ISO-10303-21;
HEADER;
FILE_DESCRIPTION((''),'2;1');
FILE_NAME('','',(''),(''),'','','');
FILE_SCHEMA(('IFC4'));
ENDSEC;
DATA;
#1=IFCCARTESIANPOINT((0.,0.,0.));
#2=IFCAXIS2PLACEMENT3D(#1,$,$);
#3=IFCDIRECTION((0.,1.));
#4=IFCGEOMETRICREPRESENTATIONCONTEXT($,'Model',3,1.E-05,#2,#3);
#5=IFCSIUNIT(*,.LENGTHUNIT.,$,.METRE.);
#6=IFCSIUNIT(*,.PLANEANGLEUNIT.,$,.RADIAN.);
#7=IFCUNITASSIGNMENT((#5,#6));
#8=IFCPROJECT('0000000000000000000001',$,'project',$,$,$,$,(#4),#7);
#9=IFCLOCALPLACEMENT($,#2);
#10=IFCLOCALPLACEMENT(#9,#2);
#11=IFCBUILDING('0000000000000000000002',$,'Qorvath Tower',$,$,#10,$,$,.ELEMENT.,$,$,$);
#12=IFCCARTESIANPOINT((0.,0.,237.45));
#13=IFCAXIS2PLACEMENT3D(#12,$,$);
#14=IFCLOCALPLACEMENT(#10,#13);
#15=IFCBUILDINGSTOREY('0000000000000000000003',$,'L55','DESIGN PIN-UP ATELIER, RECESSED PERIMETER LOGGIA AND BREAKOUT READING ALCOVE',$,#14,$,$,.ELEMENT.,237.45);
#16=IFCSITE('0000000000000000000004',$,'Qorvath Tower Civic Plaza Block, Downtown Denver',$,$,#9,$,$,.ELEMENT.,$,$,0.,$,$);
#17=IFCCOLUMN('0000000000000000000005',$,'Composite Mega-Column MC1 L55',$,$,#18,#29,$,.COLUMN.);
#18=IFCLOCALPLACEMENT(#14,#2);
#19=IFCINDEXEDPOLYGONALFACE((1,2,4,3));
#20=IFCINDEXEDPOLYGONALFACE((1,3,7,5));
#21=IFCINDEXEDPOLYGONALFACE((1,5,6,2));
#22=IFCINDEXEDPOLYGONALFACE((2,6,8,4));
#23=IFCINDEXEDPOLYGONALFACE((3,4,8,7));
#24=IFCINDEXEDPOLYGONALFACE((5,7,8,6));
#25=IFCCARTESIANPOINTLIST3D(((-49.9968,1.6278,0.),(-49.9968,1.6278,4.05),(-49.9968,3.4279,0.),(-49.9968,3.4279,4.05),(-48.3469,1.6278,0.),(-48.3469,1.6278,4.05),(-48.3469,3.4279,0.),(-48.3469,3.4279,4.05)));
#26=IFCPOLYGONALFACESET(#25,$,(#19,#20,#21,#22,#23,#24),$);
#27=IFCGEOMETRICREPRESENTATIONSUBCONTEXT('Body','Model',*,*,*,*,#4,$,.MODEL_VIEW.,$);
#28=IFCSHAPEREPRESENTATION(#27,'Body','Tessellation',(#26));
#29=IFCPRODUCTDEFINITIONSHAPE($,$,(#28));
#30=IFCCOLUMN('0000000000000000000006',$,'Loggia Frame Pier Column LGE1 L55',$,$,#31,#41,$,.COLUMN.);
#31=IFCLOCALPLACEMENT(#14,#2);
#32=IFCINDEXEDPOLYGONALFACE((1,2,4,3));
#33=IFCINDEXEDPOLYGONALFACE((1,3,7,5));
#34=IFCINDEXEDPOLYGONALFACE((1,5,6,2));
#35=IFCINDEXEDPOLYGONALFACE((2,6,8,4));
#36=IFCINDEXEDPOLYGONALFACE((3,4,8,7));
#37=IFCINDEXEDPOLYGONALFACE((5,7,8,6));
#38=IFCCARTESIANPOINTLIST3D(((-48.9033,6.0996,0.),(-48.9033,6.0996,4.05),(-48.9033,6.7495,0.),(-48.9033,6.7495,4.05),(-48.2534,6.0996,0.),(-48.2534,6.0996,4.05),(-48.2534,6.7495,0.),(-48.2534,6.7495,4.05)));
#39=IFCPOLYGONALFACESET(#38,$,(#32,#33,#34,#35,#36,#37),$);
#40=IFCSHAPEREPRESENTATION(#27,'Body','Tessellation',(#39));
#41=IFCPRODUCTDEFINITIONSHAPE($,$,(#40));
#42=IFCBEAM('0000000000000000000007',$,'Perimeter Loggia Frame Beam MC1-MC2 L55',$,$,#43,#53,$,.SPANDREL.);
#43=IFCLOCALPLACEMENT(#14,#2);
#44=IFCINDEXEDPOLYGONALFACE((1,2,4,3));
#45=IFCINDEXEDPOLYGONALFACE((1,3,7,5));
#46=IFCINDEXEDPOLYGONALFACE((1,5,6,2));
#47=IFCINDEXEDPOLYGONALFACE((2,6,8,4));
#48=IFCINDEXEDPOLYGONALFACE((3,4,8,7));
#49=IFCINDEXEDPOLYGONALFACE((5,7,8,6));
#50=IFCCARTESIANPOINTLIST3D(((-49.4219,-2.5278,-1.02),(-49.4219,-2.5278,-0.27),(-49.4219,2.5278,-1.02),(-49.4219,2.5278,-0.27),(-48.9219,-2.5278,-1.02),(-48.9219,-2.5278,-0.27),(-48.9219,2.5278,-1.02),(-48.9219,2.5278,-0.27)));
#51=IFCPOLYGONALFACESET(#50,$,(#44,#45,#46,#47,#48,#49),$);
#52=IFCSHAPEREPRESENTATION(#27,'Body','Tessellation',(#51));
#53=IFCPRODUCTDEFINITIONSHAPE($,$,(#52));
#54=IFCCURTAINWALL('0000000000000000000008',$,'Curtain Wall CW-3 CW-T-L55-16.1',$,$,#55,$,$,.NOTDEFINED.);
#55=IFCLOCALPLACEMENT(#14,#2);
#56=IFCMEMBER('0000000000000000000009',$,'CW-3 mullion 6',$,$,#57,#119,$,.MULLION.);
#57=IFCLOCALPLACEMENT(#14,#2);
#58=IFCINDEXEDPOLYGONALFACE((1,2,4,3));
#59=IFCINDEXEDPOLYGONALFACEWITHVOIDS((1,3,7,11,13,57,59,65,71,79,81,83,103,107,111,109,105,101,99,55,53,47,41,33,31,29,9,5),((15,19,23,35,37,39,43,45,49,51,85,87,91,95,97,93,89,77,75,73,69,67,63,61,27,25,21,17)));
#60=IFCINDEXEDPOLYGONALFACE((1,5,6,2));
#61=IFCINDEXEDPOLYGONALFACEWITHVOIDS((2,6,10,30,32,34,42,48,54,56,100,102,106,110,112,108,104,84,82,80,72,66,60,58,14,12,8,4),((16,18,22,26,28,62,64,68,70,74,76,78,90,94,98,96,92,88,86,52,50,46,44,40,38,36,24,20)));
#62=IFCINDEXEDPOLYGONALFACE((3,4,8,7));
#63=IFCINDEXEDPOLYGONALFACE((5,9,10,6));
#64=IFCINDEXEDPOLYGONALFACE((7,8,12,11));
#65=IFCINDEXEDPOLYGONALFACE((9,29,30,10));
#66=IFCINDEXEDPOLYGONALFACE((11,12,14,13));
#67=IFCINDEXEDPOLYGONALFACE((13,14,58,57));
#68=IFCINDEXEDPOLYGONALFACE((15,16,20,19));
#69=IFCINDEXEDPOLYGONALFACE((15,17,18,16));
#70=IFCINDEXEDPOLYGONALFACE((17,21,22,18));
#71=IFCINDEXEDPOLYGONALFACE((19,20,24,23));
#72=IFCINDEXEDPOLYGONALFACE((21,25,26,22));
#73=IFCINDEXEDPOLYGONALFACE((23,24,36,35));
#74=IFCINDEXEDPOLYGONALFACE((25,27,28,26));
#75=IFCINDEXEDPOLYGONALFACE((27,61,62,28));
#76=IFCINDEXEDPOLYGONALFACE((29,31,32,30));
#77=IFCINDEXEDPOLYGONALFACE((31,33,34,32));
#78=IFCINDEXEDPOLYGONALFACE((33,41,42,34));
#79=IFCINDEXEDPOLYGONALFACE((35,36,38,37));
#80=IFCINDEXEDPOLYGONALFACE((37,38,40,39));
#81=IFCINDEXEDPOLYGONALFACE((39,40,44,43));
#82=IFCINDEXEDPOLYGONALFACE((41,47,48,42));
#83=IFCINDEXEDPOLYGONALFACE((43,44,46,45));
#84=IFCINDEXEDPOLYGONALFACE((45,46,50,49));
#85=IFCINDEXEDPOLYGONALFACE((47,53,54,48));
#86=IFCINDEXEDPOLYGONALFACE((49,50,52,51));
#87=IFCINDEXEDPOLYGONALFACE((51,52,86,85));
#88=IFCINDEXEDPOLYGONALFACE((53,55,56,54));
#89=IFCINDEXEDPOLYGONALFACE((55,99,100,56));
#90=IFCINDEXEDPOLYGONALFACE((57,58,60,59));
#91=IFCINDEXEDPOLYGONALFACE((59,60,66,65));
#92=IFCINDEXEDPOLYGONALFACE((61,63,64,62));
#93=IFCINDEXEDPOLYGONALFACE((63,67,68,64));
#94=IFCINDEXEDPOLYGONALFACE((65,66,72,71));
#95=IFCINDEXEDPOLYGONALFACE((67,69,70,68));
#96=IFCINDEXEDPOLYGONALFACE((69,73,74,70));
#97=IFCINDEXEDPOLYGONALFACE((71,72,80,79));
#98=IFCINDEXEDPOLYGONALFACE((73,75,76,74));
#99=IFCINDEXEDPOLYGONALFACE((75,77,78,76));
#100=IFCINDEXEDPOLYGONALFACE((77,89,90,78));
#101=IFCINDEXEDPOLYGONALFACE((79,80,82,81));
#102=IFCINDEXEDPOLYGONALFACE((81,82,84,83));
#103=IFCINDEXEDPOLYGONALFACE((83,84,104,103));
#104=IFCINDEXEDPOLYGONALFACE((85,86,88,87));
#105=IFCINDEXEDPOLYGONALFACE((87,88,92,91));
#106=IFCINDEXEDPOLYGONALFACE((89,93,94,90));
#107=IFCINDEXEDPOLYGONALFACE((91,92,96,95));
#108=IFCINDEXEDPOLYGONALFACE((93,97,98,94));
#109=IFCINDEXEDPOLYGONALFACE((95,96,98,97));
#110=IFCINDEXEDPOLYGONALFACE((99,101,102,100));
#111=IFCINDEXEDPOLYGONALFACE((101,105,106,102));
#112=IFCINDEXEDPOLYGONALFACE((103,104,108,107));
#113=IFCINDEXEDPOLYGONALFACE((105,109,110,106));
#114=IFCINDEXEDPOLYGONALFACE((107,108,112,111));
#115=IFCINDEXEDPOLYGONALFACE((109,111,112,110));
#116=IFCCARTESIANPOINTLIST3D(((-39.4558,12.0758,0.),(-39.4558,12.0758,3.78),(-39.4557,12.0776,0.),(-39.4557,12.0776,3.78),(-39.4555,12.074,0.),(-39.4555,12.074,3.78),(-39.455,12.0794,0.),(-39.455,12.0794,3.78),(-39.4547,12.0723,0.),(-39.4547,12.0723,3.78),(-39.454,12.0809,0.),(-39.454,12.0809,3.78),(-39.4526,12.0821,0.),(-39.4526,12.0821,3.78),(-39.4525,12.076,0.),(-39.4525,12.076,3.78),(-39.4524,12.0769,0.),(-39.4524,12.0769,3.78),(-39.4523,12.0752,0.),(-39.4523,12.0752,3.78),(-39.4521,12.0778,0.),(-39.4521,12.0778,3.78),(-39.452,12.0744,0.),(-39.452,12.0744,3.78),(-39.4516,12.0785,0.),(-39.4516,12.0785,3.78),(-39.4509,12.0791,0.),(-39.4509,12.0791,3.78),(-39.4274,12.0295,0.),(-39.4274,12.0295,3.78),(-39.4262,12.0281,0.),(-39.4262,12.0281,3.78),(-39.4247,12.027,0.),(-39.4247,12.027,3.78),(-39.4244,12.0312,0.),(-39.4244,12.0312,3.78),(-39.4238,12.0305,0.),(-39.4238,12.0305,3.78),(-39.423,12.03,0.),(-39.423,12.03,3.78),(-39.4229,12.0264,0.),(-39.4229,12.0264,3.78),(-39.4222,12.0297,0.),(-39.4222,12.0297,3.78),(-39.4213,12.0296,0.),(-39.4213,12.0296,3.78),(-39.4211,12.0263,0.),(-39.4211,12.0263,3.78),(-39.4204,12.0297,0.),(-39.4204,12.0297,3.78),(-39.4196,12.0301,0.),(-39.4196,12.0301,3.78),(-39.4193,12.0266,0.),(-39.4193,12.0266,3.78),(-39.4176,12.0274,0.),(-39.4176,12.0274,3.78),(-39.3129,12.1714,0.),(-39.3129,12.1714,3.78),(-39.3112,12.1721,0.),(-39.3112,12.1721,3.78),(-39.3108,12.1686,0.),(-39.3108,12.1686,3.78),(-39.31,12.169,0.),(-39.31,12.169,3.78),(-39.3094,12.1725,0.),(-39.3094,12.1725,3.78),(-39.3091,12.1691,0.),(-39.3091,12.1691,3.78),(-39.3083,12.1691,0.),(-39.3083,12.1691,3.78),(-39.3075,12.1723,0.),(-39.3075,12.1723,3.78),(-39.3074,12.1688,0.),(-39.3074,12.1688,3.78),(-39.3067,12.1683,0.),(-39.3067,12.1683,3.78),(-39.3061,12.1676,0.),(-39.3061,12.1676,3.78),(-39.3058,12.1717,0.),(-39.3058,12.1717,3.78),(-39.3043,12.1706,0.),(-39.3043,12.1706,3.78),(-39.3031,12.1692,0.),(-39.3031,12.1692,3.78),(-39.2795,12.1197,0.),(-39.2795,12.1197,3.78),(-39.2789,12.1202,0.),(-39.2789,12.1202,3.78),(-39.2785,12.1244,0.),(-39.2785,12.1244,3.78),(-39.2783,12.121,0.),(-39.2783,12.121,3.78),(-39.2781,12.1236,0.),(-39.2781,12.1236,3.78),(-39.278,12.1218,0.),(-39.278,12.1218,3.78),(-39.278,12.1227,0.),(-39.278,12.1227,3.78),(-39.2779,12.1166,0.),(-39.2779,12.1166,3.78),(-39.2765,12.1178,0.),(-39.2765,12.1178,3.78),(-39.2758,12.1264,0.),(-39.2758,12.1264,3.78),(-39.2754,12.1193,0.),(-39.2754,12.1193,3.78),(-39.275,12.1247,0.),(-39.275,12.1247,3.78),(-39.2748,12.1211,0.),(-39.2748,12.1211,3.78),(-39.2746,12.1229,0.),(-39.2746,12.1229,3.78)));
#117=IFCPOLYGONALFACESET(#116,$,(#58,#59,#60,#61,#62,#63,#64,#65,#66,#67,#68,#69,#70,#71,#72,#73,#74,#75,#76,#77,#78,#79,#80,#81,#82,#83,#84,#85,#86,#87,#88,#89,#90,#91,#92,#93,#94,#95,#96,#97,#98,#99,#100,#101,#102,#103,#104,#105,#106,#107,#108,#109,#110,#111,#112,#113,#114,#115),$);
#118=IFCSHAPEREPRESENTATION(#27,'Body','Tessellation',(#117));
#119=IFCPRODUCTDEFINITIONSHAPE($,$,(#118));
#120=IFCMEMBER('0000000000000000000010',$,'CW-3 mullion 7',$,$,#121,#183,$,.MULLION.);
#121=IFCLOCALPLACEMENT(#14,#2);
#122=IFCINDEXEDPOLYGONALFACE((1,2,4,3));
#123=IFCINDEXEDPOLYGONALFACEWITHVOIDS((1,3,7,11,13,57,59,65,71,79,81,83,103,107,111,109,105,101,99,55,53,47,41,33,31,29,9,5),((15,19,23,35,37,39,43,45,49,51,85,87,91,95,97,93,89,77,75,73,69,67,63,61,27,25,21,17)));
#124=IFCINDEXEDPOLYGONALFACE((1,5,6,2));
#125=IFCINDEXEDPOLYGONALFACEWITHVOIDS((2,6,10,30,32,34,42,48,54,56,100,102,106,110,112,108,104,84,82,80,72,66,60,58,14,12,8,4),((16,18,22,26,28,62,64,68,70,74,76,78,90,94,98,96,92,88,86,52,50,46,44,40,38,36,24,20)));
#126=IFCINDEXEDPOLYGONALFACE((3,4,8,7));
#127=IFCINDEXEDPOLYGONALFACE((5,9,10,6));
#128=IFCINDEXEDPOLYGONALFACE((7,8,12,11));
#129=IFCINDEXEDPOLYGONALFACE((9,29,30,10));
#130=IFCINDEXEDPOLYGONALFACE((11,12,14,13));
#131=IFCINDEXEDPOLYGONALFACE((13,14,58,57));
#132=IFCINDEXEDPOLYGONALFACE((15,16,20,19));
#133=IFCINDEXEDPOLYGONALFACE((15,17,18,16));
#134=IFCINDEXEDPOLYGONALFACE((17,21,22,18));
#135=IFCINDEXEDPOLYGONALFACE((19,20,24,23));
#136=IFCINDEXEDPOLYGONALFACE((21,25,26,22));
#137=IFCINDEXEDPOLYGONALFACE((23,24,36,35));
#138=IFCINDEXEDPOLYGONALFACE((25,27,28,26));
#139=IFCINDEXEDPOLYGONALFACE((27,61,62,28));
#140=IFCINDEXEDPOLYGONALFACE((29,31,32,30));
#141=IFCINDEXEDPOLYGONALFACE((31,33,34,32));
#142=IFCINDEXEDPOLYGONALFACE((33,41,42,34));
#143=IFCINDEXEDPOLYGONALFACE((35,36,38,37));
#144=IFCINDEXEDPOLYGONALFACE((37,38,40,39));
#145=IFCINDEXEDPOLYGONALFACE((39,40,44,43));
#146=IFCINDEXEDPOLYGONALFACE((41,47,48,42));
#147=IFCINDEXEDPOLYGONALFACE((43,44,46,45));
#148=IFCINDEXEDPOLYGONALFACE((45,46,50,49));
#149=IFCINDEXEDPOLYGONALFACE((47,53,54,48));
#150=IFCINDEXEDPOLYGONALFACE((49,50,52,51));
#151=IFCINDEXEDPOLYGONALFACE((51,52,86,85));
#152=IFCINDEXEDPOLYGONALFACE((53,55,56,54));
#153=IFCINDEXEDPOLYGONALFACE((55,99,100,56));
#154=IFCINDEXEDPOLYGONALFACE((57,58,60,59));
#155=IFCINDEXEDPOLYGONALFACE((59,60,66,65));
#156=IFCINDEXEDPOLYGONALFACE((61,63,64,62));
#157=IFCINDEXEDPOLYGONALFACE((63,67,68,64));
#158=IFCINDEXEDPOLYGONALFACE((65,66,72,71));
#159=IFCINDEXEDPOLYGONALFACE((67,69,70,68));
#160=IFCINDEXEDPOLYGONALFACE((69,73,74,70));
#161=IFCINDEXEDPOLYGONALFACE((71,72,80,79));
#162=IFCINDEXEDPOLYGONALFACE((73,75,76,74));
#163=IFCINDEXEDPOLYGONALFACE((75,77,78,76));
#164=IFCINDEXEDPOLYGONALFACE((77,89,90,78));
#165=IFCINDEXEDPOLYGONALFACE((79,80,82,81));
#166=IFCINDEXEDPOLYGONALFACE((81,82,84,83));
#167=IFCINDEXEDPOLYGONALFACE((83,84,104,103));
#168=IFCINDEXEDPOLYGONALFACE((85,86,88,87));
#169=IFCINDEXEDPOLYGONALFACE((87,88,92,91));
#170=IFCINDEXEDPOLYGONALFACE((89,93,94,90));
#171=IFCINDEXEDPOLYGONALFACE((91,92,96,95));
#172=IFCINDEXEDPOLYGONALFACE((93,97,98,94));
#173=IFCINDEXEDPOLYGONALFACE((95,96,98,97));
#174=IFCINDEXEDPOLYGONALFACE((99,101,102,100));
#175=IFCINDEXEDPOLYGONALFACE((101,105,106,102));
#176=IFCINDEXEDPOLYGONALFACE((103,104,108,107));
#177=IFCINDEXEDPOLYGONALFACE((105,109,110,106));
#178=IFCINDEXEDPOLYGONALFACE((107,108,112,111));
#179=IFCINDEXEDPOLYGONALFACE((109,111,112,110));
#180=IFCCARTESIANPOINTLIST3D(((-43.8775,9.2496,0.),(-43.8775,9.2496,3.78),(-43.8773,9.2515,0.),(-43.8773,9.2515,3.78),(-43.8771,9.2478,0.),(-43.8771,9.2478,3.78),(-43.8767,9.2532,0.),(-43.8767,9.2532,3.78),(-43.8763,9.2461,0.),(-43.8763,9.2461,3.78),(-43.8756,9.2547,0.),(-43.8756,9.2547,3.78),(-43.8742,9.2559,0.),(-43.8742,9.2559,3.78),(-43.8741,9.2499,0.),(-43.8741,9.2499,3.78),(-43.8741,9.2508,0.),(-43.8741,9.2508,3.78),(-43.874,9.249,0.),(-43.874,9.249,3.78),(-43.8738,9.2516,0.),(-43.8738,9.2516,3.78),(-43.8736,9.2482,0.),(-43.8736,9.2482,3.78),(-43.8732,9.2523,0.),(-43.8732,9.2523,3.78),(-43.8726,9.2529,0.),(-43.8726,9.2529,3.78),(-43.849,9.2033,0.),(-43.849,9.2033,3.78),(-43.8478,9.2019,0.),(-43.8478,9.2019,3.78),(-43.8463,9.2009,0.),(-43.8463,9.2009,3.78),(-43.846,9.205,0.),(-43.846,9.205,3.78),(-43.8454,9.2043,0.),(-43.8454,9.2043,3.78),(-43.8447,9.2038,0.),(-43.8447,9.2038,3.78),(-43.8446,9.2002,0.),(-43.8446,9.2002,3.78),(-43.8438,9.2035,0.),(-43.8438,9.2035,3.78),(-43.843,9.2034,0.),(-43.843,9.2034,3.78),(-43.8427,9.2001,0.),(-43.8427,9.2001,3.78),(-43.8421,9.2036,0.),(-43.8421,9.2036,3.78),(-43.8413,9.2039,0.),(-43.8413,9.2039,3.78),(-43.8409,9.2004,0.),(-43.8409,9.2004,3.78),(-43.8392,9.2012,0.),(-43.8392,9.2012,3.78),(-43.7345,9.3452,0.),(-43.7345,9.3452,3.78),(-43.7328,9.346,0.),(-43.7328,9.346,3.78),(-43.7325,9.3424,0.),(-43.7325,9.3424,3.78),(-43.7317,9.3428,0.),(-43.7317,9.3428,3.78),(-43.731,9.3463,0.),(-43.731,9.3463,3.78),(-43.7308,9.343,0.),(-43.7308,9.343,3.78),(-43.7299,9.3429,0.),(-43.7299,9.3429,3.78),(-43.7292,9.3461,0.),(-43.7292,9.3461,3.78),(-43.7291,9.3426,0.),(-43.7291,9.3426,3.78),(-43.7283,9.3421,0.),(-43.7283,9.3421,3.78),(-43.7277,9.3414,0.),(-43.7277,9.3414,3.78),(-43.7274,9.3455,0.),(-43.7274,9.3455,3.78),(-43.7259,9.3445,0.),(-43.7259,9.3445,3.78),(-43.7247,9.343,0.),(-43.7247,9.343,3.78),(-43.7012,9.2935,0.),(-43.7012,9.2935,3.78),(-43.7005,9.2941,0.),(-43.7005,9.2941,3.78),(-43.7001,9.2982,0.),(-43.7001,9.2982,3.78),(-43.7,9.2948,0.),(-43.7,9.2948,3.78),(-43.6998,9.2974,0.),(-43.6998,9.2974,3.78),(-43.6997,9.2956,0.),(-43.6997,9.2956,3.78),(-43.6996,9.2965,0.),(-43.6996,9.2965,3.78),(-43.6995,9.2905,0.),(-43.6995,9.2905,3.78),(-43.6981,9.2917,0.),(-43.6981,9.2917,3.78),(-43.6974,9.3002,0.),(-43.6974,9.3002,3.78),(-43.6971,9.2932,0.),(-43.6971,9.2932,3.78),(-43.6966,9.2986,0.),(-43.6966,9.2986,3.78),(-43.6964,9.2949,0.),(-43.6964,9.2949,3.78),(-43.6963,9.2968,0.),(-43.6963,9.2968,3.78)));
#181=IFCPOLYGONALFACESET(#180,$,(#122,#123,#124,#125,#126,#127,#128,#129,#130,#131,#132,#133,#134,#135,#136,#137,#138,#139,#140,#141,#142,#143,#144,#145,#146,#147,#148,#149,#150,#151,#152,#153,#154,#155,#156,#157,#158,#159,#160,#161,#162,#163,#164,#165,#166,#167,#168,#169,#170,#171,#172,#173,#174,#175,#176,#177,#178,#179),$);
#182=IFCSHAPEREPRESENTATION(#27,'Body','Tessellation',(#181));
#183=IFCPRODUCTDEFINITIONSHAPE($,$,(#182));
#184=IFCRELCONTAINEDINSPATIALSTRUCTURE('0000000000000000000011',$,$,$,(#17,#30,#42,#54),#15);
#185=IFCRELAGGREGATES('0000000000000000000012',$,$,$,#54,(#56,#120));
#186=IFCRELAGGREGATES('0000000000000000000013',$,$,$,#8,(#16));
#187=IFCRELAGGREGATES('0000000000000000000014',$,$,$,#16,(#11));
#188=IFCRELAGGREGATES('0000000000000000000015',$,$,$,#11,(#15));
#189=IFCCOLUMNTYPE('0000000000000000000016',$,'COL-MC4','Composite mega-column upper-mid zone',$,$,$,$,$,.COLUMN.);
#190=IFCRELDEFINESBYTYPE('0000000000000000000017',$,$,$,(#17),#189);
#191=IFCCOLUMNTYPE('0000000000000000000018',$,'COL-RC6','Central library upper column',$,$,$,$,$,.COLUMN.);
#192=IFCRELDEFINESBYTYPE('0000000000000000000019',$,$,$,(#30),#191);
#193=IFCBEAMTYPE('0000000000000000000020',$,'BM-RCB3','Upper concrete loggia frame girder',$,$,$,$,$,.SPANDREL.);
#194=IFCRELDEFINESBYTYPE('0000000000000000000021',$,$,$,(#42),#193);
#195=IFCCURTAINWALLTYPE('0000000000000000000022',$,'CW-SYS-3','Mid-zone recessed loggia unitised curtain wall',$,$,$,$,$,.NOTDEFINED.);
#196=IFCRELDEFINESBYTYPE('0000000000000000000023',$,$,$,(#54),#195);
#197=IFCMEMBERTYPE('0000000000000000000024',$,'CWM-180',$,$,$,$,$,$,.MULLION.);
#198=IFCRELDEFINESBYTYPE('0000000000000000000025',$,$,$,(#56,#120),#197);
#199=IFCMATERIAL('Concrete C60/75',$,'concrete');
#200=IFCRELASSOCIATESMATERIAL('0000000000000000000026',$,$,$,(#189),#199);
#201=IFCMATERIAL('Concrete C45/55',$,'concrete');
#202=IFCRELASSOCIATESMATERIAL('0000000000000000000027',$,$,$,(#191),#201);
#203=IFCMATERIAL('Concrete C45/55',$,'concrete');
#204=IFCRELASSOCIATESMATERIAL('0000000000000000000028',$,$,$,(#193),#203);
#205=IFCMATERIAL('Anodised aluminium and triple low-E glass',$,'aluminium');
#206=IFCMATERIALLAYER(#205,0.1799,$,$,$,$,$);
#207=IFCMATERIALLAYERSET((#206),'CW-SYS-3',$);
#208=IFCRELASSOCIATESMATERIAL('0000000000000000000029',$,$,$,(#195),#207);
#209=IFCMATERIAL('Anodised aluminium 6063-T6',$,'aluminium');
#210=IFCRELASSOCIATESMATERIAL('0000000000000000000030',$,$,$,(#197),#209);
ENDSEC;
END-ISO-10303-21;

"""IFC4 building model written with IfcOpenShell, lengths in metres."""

from ifc_helpers import new_model, si_unit, direction, frame, origin, origin_2d, place, context, subcontext, project, spatial, rectangle, hollow_rectangle, extrude, material, layer, layer_set, material_profile, profile_set, type_object, element, aggregate, save


model = new_model("IFC4")

# Units and contexts
model_context = context("Model", 3, precision=1e-05, world=origin(), true_north=direction((0.0, 1.0)))
body_context = subcontext(model_context, "Body", "Model", "MODEL_VIEW")
ifc_project = project(units=[si_unit("LENGTHUNIT", "METRE"), si_unit("PLANEANGLEUNIT", "RADIAN")], contexts=[model_context])

# Site, building, storey
site_placement = place(None, origin())
site = spatial("IfcSite", under=ifc_project, at=site_placement, Name="Qorvath Tower Civic Plaza Block, Downtown Denver", CompositionType="ELEMENT", RefElevation=0.0)
building_placement = place(site_placement, origin())
building = spatial("IfcBuilding", under=site, at=building_placement, Name="Qorvath Tower", CompositionType="ELEMENT")
storey_placement = place(building_placement, frame((0.0, 0.0, 237.45)))
storey = spatial("IfcBuildingStorey", under=building, at=storey_placement, Name="L55", Description="DESIGN PIN-UP ATELIER, RECESSED PERIMETER LOGGIA AND BREAKOUT READING ALCOVE", CompositionType="ELEMENT", Elevation=237.45)

# Columns
ifc_material_1 = material(Name="Concrete C60/75", Category="concrete")
ifc_material_profile_1 = material_profile(ifc_material_1, rectangle(XDim=1.6499, YDim=1.8, at=origin_2d()), Name="MC 1800x1650")
ifc_profile_set_1 = profile_set([ifc_material_profile_1], Name="Concrete C60/75")
column_type_1 = type_object("IfcColumnType", Name="COL-MC4", Description="Composite mega-column upper-mid zone", PredefinedType="COLUMN", material=ifc_profile_set_1)
column_1_placement = place(storey_placement, frame((-49.1719, 2.5278, 0.0), z_axis=(0.0, 0.0, 1.0), x_axis=(1.0, 0.0, 0.0)))
element("IfcColumn", 1, at=column_1_placement, inside=storey, type_object=column_type_1, Name="Composite Mega-Column MC1 L55", PredefinedType="COLUMN", context=body_context, shape_type="SweptSolid", body=[
    extrude(rectangle(XDim=1.6499, YDim=1.8, at=origin_2d()), origin(), (0.0, 0.0, 1.0), 4.05),
])
ifc_material_2 = material(Name="Concrete C45/55", Category="concrete")
ifc_material_profile_2 = material_profile(ifc_material_2, rectangle(XDim=0.6499, YDim=0.6499, at=origin_2d()), Name="RC 650x650")
ifc_profile_set_2 = profile_set([ifc_material_profile_2], Name="Concrete C45/55")
column_type_2 = type_object("IfcColumnType", Name="COL-RC6", Description="Central library upper column", PredefinedType="COLUMN", material=ifc_profile_set_2)
column_2_placement = place(storey_placement, frame((-48.5784, 6.4246, 0.0), z_axis=(0.0, 0.0, 1.0), x_axis=(1.0, 0.0, 0.0)))
element("IfcColumn", 2, at=column_2_placement, inside=storey, type_object=column_type_2, Name="Loggia Frame Pier Column LGE1 L55", PredefinedType="COLUMN", context=body_context, shape_type="SweptSolid", body=[
    extrude(rectangle(XDim=0.6499, YDim=0.6499, at=origin_2d()), origin(), (0.0, 0.0, 1.0), 4.05),
])

# Beam
ifc_material_3 = material(Name="Concrete C45/55", Category="concrete")
ifc_material_profile_3 = material_profile(ifc_material_3, rectangle(XDim=0.5, YDim=0.75, at=origin_2d()), Name="RCB 750x500")
ifc_profile_set_3 = profile_set([ifc_material_profile_3], Name="Concrete C45/55")
beam_type = type_object("IfcBeamType", Name="BM-RCB3", Description="Upper concrete loggia frame girder", PredefinedType="SPANDREL", material=ifc_profile_set_3)
beam_placement = place(storey_placement, frame((-49.1719, 2.5278, -0.645), z_axis=(0.0, -1.0, 0.0), x_axis=(1.0, 0.0, 0.0)))
element("IfcBeam", 3, at=beam_placement, inside=storey, type_object=beam_type, Name="Perimeter Loggia Frame Beam MC1-MC2 L55", PredefinedType="SPANDREL", context=body_context, shape_type="SweptSolid", body=[
    extrude(rectangle(XDim=0.5, YDim=0.75, at=origin_2d()), origin(), (0.0, 0.0, 1.0), 5.0557),
])

# Curtain wall, members
ifc_material_4 = material(Name="Anodised aluminium and triple low-E glass", Category="aluminium")
ifc_layer_1 = layer(ifc_material_4, 0.1799)
ifc_layer_set_1 = layer_set([ifc_layer_1], Name="CW-SYS-3")
curtain_wall_type = type_object("IfcCurtainWallType", Name="CW-SYS-3", Description="Mid-zone recessed loggia unitised curtain wall", PredefinedType="NOTDEFINED", material=ifc_layer_set_1)
curtain_wall_1_placement = place(storey_placement, origin())
curtain_wall_1 = element("IfcCurtainWall", 4, at=curtain_wall_1_placement, inside=storey, type_object=curtain_wall_type, Name="Curtain Wall CW-3 CW-T-L55-16.1", PredefinedType="NOTDEFINED")
ifc_material_5 = material(Name="Anodised aluminium 6063-T6", Category="aluminium")
ifc_material_profile_4 = material_profile(ifc_material_5, hollow_rectangle(XDim=0.0649, YDim=0.1799, WallThickness=0.0034, InnerFilletRadius=0.0034, OuterFilletRadius=0.0071, at=origin_2d()), Name="CWM 180x65")
ifc_profile_set_4 = profile_set([ifc_material_profile_4], Name="Anodised aluminium 6063-T6")
member_type_1 = type_object("IfcMemberType", Name="CWM-180", PredefinedType="MULLION", material=ifc_profile_set_4)
member_1_placement = place(storey_placement, frame((-39.3652, 12.0994, 0.0), z_axis=(0.0, 0.0, 1.0), x_axis=(0.538529, -0.842607, 0.0)))
member_1 = element("IfcMember", 5, at=member_1_placement, type_object=member_type_1, Name="CW-3 mullion 6", PredefinedType="MULLION", context=body_context, shape_type="SweptSolid", body=[
    extrude(hollow_rectangle(XDim=0.0649, YDim=0.1799, WallThickness=0.0034, InnerFilletRadius=0.0034, OuterFilletRadius=0.0071, at=origin_2d()), origin(), (0.0, 0.0, 1.0), 3.78),
])
member_2_placement = place(storey_placement, frame((-43.7869, 9.2732, 0.0), z_axis=(0.0, 0.0, 1.0), x_axis=(0.538529, -0.842607, 0.0)))
member_2 = element("IfcMember", 6, at=member_2_placement, type_object=member_type_1, Name="CW-3 mullion 7", PredefinedType="MULLION", context=body_context, shape_type="SweptSolid", body=[
    extrude(hollow_rectangle(XDim=0.0649, YDim=0.1799, WallThickness=0.0034, InnerFilletRadius=0.0034, OuterFilletRadius=0.0071, at=origin_2d()), origin(), (0.0, 0.0, 1.0), 3.78),
])

aggregate(curtain_wall_1, [member_1, member_2])

save(model, "model.ifc")
